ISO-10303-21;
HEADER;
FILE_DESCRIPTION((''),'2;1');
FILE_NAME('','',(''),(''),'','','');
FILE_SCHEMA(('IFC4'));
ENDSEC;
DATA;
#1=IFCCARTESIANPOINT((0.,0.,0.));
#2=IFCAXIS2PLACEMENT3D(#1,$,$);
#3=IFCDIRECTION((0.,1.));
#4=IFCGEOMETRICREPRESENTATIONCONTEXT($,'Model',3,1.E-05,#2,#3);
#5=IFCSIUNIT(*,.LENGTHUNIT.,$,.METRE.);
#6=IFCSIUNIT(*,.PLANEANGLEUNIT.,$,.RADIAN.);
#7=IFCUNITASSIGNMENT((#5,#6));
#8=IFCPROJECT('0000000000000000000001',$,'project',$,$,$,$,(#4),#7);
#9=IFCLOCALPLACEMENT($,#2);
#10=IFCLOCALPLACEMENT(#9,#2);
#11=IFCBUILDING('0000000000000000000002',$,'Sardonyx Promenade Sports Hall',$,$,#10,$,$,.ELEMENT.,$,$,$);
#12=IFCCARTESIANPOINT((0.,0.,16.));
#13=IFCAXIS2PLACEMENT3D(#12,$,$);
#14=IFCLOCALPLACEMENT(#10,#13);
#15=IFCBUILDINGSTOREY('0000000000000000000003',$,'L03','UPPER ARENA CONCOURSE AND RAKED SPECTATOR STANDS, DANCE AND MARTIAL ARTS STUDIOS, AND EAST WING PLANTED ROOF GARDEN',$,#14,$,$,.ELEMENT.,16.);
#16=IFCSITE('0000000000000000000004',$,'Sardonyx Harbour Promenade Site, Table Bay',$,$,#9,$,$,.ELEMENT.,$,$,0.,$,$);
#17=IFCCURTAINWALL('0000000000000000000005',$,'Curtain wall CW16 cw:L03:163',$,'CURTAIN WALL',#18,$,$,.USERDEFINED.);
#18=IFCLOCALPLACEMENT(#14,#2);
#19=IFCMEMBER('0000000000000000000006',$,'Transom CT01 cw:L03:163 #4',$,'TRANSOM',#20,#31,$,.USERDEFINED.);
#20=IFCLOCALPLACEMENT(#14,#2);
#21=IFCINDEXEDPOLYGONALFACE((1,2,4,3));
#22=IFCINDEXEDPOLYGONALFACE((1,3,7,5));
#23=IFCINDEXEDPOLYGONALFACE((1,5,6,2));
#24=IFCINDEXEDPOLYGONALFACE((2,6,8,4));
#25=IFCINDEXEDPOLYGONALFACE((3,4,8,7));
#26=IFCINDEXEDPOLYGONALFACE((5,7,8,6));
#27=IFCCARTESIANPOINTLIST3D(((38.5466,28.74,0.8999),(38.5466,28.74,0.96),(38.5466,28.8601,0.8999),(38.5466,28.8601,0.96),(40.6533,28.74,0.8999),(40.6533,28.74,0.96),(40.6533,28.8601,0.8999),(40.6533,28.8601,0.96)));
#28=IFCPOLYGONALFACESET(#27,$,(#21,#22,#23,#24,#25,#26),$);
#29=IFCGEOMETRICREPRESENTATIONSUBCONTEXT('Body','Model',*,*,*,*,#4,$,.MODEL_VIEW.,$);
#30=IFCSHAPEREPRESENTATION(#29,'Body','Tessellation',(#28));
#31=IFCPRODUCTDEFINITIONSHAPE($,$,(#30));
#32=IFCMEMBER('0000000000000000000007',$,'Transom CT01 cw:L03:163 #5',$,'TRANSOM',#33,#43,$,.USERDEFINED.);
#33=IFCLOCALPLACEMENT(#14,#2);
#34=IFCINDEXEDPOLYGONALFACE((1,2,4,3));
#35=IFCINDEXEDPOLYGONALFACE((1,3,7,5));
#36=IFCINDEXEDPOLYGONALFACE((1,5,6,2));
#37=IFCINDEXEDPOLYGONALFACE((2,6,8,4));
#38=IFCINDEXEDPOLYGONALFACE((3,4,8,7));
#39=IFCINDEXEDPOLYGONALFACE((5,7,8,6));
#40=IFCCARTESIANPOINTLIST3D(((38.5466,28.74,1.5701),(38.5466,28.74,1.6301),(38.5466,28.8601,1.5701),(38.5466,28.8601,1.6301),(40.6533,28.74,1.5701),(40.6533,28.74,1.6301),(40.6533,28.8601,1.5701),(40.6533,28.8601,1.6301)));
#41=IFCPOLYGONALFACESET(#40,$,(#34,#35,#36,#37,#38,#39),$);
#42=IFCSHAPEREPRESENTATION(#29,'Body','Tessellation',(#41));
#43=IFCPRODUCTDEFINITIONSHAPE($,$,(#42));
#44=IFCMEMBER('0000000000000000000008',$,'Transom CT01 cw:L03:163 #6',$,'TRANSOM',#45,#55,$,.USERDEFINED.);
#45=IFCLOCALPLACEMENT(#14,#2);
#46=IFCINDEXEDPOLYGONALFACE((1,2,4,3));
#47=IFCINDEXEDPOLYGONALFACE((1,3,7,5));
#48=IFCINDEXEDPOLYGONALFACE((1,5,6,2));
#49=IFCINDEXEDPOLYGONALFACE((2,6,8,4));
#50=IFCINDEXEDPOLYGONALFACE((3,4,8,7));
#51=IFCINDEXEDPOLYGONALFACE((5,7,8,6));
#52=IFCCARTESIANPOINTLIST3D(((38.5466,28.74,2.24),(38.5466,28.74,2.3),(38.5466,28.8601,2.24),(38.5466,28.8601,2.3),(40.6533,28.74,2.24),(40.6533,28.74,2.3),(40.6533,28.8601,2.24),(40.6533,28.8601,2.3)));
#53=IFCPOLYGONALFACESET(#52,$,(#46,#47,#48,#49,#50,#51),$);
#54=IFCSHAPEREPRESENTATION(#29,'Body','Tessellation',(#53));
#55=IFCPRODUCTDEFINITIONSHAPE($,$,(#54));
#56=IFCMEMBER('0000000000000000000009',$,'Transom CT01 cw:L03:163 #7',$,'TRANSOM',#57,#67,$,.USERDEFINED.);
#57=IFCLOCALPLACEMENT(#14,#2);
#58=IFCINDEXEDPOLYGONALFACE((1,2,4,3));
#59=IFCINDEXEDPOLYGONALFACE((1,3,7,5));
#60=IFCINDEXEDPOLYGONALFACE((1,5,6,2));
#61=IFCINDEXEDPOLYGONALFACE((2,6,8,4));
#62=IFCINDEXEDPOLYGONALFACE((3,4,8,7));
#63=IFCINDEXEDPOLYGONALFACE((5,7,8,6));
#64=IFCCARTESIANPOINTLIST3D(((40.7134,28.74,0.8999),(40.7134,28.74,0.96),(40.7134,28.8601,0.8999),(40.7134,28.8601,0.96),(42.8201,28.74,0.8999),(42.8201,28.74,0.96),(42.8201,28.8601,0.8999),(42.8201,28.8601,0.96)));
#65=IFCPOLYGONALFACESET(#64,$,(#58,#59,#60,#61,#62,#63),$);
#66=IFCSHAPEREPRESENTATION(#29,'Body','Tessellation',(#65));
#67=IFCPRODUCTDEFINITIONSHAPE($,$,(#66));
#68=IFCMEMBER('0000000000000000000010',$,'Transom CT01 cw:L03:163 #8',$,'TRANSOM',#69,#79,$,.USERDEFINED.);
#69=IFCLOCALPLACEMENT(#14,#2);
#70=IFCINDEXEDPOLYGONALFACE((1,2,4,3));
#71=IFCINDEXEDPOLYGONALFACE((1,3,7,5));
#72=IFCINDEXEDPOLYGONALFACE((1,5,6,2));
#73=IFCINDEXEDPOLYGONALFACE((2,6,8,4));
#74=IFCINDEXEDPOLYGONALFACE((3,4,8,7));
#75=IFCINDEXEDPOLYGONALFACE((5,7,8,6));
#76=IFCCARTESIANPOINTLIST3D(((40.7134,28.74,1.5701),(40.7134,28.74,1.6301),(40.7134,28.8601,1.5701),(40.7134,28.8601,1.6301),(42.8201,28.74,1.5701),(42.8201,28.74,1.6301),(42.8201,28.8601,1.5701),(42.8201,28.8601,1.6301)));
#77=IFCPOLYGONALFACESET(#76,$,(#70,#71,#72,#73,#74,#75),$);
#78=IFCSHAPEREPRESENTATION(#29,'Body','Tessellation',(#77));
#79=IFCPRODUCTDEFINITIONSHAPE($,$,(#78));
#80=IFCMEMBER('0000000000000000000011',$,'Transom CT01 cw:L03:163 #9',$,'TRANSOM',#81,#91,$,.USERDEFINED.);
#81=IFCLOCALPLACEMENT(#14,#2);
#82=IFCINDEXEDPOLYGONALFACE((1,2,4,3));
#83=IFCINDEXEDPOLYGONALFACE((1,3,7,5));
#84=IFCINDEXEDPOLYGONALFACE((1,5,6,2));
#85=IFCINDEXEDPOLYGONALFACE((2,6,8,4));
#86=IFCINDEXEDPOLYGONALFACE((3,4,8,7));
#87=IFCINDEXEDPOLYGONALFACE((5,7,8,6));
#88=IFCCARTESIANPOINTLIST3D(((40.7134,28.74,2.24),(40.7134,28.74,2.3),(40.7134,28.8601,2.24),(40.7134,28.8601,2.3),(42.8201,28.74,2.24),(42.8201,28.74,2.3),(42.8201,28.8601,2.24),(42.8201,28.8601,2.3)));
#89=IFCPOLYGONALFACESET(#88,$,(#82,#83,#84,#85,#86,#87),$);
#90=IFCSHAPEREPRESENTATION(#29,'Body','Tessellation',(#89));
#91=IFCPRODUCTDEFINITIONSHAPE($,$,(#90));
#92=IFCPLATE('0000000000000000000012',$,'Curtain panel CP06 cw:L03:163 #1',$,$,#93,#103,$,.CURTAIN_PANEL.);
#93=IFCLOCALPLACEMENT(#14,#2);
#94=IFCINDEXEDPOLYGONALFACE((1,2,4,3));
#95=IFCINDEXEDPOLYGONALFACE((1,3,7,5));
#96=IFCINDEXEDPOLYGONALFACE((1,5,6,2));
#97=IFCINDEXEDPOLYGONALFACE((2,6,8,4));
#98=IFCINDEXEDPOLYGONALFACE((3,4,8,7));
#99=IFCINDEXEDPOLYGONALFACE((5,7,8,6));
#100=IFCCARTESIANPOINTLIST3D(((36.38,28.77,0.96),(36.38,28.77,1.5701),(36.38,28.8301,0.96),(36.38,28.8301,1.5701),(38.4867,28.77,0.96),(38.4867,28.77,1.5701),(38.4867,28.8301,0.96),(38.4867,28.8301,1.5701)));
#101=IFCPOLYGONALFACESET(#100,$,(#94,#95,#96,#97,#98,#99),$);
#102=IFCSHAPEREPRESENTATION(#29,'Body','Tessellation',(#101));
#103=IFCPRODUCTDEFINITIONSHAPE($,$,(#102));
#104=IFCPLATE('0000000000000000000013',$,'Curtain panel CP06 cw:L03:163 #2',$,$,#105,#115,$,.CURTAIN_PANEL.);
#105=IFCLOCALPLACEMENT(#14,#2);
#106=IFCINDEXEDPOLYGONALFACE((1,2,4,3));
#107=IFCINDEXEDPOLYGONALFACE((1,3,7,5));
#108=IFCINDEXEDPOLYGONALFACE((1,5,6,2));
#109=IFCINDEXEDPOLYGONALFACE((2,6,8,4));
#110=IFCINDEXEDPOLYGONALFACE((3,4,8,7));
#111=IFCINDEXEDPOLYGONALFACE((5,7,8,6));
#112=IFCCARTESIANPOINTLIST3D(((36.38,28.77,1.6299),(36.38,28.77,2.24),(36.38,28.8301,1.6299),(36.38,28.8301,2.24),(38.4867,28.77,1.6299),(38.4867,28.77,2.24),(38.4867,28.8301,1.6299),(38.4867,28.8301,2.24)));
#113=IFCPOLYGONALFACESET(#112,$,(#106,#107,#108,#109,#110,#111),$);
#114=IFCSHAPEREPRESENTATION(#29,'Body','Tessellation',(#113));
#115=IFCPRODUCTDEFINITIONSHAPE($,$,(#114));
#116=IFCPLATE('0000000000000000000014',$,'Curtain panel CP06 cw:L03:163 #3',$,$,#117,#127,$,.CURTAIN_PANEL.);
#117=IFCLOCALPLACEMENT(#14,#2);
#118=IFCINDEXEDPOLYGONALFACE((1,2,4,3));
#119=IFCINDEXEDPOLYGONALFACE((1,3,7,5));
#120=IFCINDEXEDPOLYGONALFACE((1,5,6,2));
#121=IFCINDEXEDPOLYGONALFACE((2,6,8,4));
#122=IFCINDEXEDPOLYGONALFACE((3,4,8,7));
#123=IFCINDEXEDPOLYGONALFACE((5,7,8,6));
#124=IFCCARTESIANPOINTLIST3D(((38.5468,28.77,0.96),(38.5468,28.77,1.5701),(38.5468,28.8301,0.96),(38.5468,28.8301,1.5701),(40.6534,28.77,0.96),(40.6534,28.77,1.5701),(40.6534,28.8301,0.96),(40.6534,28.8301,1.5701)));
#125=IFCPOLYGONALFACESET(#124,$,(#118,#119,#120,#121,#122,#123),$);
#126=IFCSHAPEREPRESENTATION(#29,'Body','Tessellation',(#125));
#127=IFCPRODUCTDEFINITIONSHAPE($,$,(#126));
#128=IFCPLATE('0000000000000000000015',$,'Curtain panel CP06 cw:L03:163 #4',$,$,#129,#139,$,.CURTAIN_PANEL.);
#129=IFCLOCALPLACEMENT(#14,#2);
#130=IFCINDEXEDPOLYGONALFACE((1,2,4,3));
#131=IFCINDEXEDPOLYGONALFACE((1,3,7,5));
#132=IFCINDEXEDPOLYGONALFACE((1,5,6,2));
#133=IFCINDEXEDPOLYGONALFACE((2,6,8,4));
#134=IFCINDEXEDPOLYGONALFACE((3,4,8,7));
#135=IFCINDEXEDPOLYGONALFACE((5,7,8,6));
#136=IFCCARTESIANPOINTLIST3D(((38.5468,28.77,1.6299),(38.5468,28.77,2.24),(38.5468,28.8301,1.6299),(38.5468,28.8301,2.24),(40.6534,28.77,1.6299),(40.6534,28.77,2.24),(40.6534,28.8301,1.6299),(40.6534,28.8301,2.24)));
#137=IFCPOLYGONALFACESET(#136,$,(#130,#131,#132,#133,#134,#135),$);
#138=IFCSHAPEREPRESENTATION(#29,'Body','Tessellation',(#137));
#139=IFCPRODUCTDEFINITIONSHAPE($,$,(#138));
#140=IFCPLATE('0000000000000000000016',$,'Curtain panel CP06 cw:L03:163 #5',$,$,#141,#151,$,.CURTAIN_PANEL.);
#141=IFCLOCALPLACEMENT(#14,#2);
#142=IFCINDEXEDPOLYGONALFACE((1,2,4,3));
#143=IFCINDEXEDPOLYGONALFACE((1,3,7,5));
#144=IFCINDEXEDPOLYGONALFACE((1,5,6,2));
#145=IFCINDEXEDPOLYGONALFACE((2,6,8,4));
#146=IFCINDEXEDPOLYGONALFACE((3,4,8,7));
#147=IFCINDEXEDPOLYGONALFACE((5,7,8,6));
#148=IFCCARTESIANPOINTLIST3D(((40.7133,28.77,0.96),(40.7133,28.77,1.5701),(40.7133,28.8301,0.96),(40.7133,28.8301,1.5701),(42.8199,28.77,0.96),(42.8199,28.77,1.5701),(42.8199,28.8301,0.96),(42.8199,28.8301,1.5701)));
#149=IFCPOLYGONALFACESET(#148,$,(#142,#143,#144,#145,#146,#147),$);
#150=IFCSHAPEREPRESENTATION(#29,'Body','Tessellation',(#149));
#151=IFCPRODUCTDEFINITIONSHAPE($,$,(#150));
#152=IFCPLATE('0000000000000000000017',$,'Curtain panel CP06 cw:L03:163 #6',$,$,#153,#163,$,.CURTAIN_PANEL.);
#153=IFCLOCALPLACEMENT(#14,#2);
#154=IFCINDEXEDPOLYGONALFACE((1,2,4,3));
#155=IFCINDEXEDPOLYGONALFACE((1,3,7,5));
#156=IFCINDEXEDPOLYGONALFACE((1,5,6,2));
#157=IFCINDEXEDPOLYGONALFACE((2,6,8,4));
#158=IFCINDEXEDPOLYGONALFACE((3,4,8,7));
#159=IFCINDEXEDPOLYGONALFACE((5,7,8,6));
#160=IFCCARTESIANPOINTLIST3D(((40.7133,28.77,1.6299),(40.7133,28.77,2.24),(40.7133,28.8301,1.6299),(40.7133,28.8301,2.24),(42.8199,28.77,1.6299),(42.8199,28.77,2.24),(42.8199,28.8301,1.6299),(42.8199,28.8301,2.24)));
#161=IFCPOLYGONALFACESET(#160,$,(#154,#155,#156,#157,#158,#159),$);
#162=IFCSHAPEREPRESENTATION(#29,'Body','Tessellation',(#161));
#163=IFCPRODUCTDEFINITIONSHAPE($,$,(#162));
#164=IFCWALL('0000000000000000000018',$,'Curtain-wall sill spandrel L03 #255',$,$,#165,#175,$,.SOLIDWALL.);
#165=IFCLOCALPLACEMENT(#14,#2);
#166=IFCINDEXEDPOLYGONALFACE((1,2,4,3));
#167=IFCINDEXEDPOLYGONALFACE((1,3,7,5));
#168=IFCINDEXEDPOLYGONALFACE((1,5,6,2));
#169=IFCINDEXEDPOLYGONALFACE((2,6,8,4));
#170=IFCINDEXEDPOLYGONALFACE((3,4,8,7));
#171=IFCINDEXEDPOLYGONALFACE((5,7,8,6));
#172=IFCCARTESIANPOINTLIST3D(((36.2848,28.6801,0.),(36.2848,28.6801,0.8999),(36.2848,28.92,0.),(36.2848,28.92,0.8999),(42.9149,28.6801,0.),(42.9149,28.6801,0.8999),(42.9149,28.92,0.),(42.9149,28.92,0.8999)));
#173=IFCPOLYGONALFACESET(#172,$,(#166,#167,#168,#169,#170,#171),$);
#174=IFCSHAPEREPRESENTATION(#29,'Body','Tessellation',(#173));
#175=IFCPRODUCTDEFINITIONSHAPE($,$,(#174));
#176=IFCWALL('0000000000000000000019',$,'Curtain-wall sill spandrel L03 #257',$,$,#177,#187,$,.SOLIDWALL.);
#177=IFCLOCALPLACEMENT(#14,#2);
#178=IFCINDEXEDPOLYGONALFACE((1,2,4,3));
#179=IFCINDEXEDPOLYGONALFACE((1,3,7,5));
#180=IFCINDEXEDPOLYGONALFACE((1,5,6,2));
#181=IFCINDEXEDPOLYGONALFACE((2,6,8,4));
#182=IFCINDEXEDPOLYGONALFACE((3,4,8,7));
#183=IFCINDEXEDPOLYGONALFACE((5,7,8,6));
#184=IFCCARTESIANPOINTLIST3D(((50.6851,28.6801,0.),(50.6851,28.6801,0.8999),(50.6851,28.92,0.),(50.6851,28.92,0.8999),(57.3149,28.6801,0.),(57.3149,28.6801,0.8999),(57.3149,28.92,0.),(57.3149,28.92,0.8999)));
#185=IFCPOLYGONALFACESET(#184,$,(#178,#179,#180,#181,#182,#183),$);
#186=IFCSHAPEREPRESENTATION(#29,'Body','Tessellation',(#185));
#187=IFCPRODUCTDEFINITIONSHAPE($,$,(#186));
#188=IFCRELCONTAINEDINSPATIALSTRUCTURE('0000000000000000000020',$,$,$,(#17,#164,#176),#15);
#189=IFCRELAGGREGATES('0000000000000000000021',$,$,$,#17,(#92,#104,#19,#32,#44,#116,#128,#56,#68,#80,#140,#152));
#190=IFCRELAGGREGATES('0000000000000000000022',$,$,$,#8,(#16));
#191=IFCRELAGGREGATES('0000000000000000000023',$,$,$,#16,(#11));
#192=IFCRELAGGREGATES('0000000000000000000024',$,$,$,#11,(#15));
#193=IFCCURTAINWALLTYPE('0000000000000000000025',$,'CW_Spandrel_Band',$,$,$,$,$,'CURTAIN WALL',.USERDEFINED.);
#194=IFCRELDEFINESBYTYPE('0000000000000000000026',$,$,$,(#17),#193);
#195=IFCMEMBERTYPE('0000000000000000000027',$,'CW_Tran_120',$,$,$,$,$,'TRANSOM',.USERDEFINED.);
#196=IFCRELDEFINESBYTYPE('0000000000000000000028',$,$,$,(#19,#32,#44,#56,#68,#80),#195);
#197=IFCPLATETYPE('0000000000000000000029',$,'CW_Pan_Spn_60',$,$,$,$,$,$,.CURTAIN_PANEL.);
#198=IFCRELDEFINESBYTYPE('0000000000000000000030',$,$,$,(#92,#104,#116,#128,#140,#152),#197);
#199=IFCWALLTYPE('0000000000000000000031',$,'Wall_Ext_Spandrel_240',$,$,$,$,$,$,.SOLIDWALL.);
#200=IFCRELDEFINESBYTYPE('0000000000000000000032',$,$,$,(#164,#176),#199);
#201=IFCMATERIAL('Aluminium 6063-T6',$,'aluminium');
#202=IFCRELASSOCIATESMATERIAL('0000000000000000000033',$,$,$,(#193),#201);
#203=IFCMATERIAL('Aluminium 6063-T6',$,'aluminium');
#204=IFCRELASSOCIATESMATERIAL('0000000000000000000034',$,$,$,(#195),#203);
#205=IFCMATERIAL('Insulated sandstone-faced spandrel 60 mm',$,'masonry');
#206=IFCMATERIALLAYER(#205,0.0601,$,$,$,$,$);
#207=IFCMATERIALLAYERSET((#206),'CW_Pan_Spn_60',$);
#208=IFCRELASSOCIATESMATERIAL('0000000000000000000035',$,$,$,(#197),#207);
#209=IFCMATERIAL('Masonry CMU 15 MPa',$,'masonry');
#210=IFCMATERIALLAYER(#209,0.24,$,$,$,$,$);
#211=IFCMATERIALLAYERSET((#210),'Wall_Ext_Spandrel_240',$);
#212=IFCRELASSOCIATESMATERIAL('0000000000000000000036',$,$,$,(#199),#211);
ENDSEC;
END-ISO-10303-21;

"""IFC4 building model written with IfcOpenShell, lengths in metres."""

from ifc_helpers import new_model, si_unit, direction, frame, frame_2d, origin, origin_2d, place, context, subcontext, project, spatial, rectangle, extrude, material, layer, layer_set, material_profile, profile_set, type_object, element, aggregate, save


model = new_model("IFC4")

# Units and contexts
model_context = context("Model", 3, precision=1e-05, world=origin(), true_north=direction((0.0, 1.0)))
body_context = subcontext(model_context, "Body", "Model", "MODEL_VIEW")
ifc_project = project(units=[si_unit("LENGTHUNIT", "METRE"), si_unit("PLANEANGLEUNIT", "RADIAN")], contexts=[model_context])

# Site, building, storey
site_placement = place(None, origin())
site = spatial("IfcSite", under=ifc_project, at=site_placement, Name="Sardonyx Harbour Promenade Site, Table Bay", CompositionType="ELEMENT", RefElevation=0.0)
building_placement = place(site_placement, origin())
building = spatial("IfcBuilding", under=site, at=building_placement, Name="Sardonyx Promenade Sports Hall", CompositionType="ELEMENT")
storey_placement = place(building_placement, frame((0.0, 0.0, 16.0)))
storey = spatial("IfcBuildingStorey", under=building, at=storey_placement, Name="L03", Description="UPPER ARENA CONCOURSE AND RAKED SPECTATOR STANDS, DANCE AND MARTIAL ARTS STUDIOS, AND EAST WING PLANTED ROOF GARDEN", CompositionType="ELEMENT", Elevation=16.0)

# Curtain wall, members, plates
ifc_material_1 = material(Name="Aluminium 6063-T6", Category="aluminium")
curtain_wall_type = type_object("IfcCurtainWallType", Name="CW_Spandrel_Band", ElementType="CURTAIN WALL", PredefinedType="USERDEFINED", material=ifc_material_1)
curtain_wall_placement = place(storey_placement, origin())
curtain_wall = element("IfcCurtainWall", 1, at=curtain_wall_placement, inside=storey, type_object=curtain_wall_type, Name="Curtain wall CW16 cw:L03:163", ObjectType="CURTAIN WALL", PredefinedType="USERDEFINED")
ifc_material_2 = material(Name="Aluminium 6063-T6", Category="aluminium")
ifc_material_profile_1 = material_profile(ifc_material_2, rectangle(XDim=0.0601, YDim=0.1201, at=origin_2d()))
ifc_profile_set_1 = profile_set([ifc_material_profile_1], Name="Aluminium 6063-T6")
member_type_1 = type_object("IfcMemberType", Name="CW_Tran_120", ElementType="TRANSOM", PredefinedType="USERDEFINED", material=ifc_profile_set_1)
member_1_placement = place(storey_placement, frame((38.5466, 28.8, 0.9299), z_axis=(1.0, 0.0, 0.0), x_axis=(0.0, 0.0, 1.0)))
member_1 = element("IfcMember", 2, at=member_1_placement, type_object=member_type_1, Name="Transom CT01 cw:L03:163 #4", ObjectType="TRANSOM", PredefinedType="USERDEFINED", context=body_context, shape_type="SweptSolid", body=[
    extrude(rectangle(XDim=0.0601, YDim=0.1201, at=origin_2d()), origin(), (0.0, 0.0, 1.0), 2.1067),
])
member_2_placement = place(storey_placement, frame((38.5466, 28.8, 1.6001), z_axis=(1.0, 0.0, 0.0), x_axis=(0.0, 0.0, 1.0)))
member_2 = element("IfcMember", 3, at=member_2_placement, type_object=member_type_1, Name="Transom CT01 cw:L03:163 #5", ObjectType="TRANSOM", PredefinedType="USERDEFINED", context=body_context, shape_type="SweptSolid", body=[
    extrude(rectangle(XDim=0.0601, YDim=0.1201, at=origin_2d()), origin(), (0.0, 0.0, 1.0), 2.1067),
])
member_3_placement = place(storey_placement, frame((38.5466, 28.8, 2.27), z_axis=(1.0, 0.0, 0.0), x_axis=(0.0, 0.0, 1.0)))
member_3 = element("IfcMember", 4, at=member_3_placement, type_object=member_type_1, Name="Transom CT01 cw:L03:163 #6", ObjectType="TRANSOM", PredefinedType="USERDEFINED", context=body_context, shape_type="SweptSolid", body=[
    extrude(rectangle(XDim=0.0601, YDim=0.1201, at=origin_2d()), origin(), (0.0, 0.0, 1.0), 2.1067),
])
member_4_placement = place(storey_placement, frame((40.7134, 28.8, 0.9299), z_axis=(1.0, 0.0, 0.0), x_axis=(0.0, 0.0, 1.0)))
member_4 = element("IfcMember", 5, at=member_4_placement, type_object=member_type_1, Name="Transom CT01 cw:L03:163 #7", ObjectType="TRANSOM", PredefinedType="USERDEFINED", context=body_context, shape_type="SweptSolid", body=[
    extrude(rectangle(XDim=0.0601, YDim=0.1201, at=origin_2d()), origin(), (0.0, 0.0, 1.0), 2.1067),
])
member_5_placement = place(storey_placement, frame((40.7134, 28.8, 1.6001), z_axis=(1.0, 0.0, 0.0), x_axis=(0.0, 0.0, 1.0)))
member_5 = element("IfcMember", 6, at=member_5_placement, type_object=member_type_1, Name="Transom CT01 cw:L03:163 #8", ObjectType="TRANSOM", PredefinedType="USERDEFINED", context=body_context, shape_type="SweptSolid", body=[
    extrude(rectangle(XDim=0.0601, YDim=0.1201, at=origin_2d()), origin(), (0.0, 0.0, 1.0), 2.1067),
])
member_6_placement = place(storey_placement, frame((40.7134, 28.8, 2.27), z_axis=(1.0, 0.0, 0.0), x_axis=(0.0, 0.0, 1.0)))
member_6 = element("IfcMember", 7, at=member_6_placement, type_object=member_type_1, Name="Transom CT01 cw:L03:163 #9", ObjectType="TRANSOM", PredefinedType="USERDEFINED", context=body_context, shape_type="SweptSolid", body=[
    extrude(rectangle(XDim=0.0601, YDim=0.1201, at=origin_2d()), origin(), (0.0, 0.0, 1.0), 2.1067),
])
ifc_material_3 = material(Name="Insulated sandstone-faced spandrel 60 mm", Category="masonry")
ifc_layer_1 = layer(ifc_material_3, 0.0601)
ifc_layer_set_1 = layer_set([ifc_layer_1], Name="CW_Pan_Spn_60")
plate_type = type_object("IfcPlateType", Name="CW_Pan_Spn_60", PredefinedType="CURTAIN_PANEL", material=ifc_layer_set_1)
plate_1_placement = place(storey_placement, frame((37.4333, 28.8, 0.96), z_axis=(0.0, 0.0, 1.0), x_axis=(1.0, 0.0, 0.0)))
plate_1 = element("IfcPlate", 8, at=plate_1_placement, type_object=plate_type, Name="Curtain panel CP06 cw:L03:163 #1", PredefinedType="CURTAIN_PANEL", context=body_context, shape_type="SweptSolid", body=[
    extrude(rectangle(XDim=2.1067, YDim=0.0601, at=origin_2d()), origin(), (0.0, 0.0, 1.0), 0.6101),
])
plate_2_placement = place(storey_placement, frame((37.4333, 28.8, 1.6299), z_axis=(0.0, 0.0, 1.0), x_axis=(1.0, 0.0, 0.0)))
plate_2 = element("IfcPlate", 9, at=plate_2_placement, type_object=plate_type, Name="Curtain panel CP06 cw:L03:163 #2", PredefinedType="CURTAIN_PANEL", context=body_context, shape_type="SweptSolid", body=[
    extrude(rectangle(XDim=2.1067, YDim=0.0601, at=origin_2d()), origin(), (0.0, 0.0, 1.0), 0.6101),
])
plate_3_placement = place(storey_placement, frame((39.6001, 28.8, 0.96), z_axis=(0.0, 0.0, 1.0), x_axis=(1.0, 0.0, 0.0)))
plate_3 = element("IfcPlate", 10, at=plate_3_placement, type_object=plate_type, Name="Curtain panel CP06 cw:L03:163 #3", PredefinedType="CURTAIN_PANEL", context=body_context, shape_type="SweptSolid", body=[
    extrude(rectangle(XDim=2.1067, YDim=0.0601, at=origin_2d()), origin(), (0.0, 0.0, 1.0), 0.6101),
])
plate_4_placement = place(storey_placement, frame((39.6001, 28.8, 1.6299), z_axis=(0.0, 0.0, 1.0), x_axis=(1.0, 0.0, 0.0)))
plate_4 = element("IfcPlate", 11, at=plate_4_placement, type_object=plate_type, Name="Curtain panel CP06 cw:L03:163 #4", PredefinedType="CURTAIN_PANEL", context=body_context, shape_type="SweptSolid", body=[
    extrude(rectangle(XDim=2.1067, YDim=0.0601, at=origin_2d()), origin(), (0.0, 0.0, 1.0), 0.6101),
])
plate_5_placement = place(storey_placement, frame((41.7666, 28.8, 0.96), z_axis=(0.0, 0.0, 1.0), x_axis=(1.0, 0.0, 0.0)))
plate_5 = element("IfcPlate", 12, at=plate_5_placement, type_object=plate_type, Name="Curtain panel CP06 cw:L03:163 #5", PredefinedType="CURTAIN_PANEL", context=body_context, shape_type="SweptSolid", body=[
    extrude(rectangle(XDim=2.1067, YDim=0.0601, at=origin_2d()), origin(), (0.0, 0.0, 1.0), 0.6101),
])
plate_6_placement = place(storey_placement, frame((41.7666, 28.8, 1.6299), z_axis=(0.0, 0.0, 1.0), x_axis=(1.0, 0.0, 0.0)))
plate_6 = element("IfcPlate", 13, at=plate_6_placement, type_object=plate_type, Name="Curtain panel CP06 cw:L03:163 #6", PredefinedType="CURTAIN_PANEL", context=body_context, shape_type="SweptSolid", body=[
    extrude(rectangle(XDim=2.1067, YDim=0.0601, at=origin_2d()), origin(), (0.0, 0.0, 1.0), 0.6101),
])
aggregate(curtain_wall, [plate_1, plate_2, member_1, member_2, member_3, plate_3, plate_4, member_4, member_5, member_6, plate_5, plate_6])

# Walls
ifc_material_4 = material(Name="Masonry CMU 15 MPa", Category="masonry")
ifc_layer_2 = layer(ifc_material_4, 0.24)
ifc_layer_set_2 = layer_set([ifc_layer_2], Name="Wall_Ext_Spandrel_240")
wall_type_1 = type_object("IfcWallType", Name="Wall_Ext_Spandrel_240", PredefinedType="SOLIDWALL", material=ifc_layer_set_2)
wall_1_placement = place(storey_placement, frame((36.2849, 28.8, 0.0), z_axis=(0.0, 0.0, 1.0), x_axis=(1.0, 0.0, 0.0)))
element("IfcWall", 14, at=wall_1_placement, inside=storey, type_object=wall_type_1, Name="Curtain-wall sill spandrel L03 #255", PredefinedType="SOLIDWALL", context=body_context, shape_type="SweptSolid", body=[
    extrude(rectangle(XDim=6.6301, YDim=0.24, at=frame_2d((3.3149, 0.0))), origin(), (0.0, 0.0, 1.0), 0.8999),
])
wall_2_placement = place(storey_placement, frame((50.6851, 28.8, 0.0), z_axis=(0.0, 0.0, 1.0), x_axis=(1.0, 0.0, 0.0)))
element("IfcWall", 15, at=wall_2_placement, inside=storey, type_object=wall_type_1, Name="Curtain-wall sill spandrel L03 #257", PredefinedType="SOLIDWALL", context=body_context, shape_type="SweptSolid", body=[
    extrude(rectangle(XDim=6.6299, YDim=0.24, at=frame_2d((3.3149, 0.0))), origin(), (0.0, 0.0, 1.0), 0.8999),
])

save(model, "model.ifc")
